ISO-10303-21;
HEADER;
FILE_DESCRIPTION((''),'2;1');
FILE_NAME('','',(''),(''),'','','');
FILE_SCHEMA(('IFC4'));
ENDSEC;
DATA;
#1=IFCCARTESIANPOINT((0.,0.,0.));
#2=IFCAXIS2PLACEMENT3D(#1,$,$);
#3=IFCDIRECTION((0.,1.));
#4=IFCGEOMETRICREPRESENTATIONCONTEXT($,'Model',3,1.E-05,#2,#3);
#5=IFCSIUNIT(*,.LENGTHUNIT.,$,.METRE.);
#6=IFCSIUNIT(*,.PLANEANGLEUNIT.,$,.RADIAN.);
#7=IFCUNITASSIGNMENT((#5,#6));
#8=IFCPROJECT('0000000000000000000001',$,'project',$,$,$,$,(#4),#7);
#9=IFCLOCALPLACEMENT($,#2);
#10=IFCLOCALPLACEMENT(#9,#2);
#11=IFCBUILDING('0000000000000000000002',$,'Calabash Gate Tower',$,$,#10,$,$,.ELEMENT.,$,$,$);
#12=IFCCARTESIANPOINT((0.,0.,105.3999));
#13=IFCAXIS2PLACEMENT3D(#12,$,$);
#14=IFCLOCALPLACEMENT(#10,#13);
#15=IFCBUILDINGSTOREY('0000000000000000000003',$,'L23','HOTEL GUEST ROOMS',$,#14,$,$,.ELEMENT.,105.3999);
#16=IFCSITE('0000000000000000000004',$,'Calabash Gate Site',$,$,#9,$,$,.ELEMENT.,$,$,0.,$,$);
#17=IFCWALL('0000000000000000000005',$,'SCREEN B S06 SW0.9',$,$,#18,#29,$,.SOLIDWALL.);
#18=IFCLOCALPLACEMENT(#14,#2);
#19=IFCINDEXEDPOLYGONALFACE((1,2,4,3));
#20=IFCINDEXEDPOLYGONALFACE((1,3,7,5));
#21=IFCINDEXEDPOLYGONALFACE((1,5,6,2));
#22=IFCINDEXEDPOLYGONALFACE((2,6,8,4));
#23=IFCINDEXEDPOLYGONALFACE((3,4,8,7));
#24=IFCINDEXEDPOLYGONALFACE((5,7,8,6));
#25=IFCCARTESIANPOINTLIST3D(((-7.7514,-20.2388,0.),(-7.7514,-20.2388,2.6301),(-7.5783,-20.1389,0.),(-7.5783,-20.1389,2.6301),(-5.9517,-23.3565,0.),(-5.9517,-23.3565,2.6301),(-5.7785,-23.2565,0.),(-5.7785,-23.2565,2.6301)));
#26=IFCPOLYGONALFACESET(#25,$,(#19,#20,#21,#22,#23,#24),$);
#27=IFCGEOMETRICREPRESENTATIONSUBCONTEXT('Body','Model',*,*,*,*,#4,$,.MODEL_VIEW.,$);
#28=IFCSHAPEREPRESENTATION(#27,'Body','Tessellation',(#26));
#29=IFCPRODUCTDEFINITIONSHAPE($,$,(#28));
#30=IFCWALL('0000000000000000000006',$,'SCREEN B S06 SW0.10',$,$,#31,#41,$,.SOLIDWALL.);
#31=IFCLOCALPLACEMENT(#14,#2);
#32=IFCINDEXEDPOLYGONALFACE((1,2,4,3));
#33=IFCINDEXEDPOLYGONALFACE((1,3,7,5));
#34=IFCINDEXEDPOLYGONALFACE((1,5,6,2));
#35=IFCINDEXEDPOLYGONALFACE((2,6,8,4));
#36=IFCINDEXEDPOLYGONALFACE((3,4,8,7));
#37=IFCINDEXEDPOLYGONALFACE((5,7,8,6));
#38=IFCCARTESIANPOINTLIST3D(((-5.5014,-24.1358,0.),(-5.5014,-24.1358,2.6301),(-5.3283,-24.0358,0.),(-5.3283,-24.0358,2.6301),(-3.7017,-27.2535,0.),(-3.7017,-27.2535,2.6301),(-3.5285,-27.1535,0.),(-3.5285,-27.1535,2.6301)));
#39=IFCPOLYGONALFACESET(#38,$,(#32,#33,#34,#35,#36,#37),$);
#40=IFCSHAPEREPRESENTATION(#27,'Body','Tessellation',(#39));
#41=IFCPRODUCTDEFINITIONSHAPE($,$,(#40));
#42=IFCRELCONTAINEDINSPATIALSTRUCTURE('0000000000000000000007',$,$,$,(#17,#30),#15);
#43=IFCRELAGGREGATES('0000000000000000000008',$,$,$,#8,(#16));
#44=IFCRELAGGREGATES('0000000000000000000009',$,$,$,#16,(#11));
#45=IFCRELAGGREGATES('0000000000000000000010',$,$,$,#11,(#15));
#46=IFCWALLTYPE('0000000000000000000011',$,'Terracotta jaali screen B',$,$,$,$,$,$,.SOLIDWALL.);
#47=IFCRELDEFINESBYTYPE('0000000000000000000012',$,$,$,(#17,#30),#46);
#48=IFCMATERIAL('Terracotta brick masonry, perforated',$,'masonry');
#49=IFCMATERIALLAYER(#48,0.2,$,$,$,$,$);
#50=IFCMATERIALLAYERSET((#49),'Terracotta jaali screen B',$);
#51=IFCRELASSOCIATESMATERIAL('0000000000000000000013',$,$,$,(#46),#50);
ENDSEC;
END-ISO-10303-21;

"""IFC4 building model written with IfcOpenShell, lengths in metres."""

from ifc_helpers import new_model, si_unit, direction, frame, frame_2d, origin, place, context, subcontext, project, spatial, rectangle, extrude, material, layer, layer_set, type_object, element, save


model = new_model("IFC4")

# Units and contexts
model_context = context("Model", 3, precision=1e-05, world=origin(), true_north=direction((0.0, 1.0)))
body_context = subcontext(model_context, "Body", "Model", "MODEL_VIEW")
ifc_project = project(units=[si_unit("LENGTHUNIT", "METRE"), si_unit("PLANEANGLEUNIT", "RADIAN")], contexts=[model_context])

# Site, building, storey
site_placement = place(None, origin())
site = spatial("IfcSite", under=ifc_project, at=site_placement, Name="Calabash Gate Site", CompositionType="ELEMENT", RefElevation=0.0)
building_placement = place(site_placement, origin())
building = spatial("IfcBuilding", under=site, at=building_placement, Name="Calabash Gate Tower", CompositionType="ELEMENT")
storey_placement = place(building_placement, frame((0.0, 0.0, 105.3999)))
storey = spatial("IfcBuildingStorey", under=building, at=storey_placement, Name="L23", Description="HOTEL GUEST ROOMS", CompositionType="ELEMENT", Elevation=105.3999)

# Walls
ifc_material_1 = material(Name="Terracotta brick masonry, perforated", Category="masonry")
ifc_layer_1 = layer(ifc_material_1, 0.2)
ifc_layer_set_1 = layer_set([ifc_layer_1], Name="Terracotta jaali screen B")
wall_type_1 = type_object("IfcWallType", Name="Terracotta jaali screen B", PredefinedType="SOLIDWALL", material=ifc_layer_set_1)
for number, where, z_axis, x_axis, name in (
    (1, (-7.6648, -20.189, 0.0), (0.0, 0.0, 1.0), (0.499961, -0.866048, 0.0), "SCREEN B S06 SW0.9"),
    (2, (-5.4148, -24.0859, 0.0), (0.0, 0.0, 1.0), (0.499961, -0.866048, 0.0), "SCREEN B S06 SW0.10"),
):
    element("IfcWall", number, at=place(storey_placement, frame(where, z_axis=z_axis, x_axis=x_axis)), inside=storey, type_object=wall_type_1, Name=name, PredefinedType="SOLIDWALL", context=body_context, shape_type="SweptSolid", body=[
        extrude(rectangle(XDim=3.5999, YDim=0.2, at=frame_2d((1.7998, 0.0))), origin(), (0.0, 0.0, 1.0), 2.6301),
    ])

save(model, "model.ifc")
